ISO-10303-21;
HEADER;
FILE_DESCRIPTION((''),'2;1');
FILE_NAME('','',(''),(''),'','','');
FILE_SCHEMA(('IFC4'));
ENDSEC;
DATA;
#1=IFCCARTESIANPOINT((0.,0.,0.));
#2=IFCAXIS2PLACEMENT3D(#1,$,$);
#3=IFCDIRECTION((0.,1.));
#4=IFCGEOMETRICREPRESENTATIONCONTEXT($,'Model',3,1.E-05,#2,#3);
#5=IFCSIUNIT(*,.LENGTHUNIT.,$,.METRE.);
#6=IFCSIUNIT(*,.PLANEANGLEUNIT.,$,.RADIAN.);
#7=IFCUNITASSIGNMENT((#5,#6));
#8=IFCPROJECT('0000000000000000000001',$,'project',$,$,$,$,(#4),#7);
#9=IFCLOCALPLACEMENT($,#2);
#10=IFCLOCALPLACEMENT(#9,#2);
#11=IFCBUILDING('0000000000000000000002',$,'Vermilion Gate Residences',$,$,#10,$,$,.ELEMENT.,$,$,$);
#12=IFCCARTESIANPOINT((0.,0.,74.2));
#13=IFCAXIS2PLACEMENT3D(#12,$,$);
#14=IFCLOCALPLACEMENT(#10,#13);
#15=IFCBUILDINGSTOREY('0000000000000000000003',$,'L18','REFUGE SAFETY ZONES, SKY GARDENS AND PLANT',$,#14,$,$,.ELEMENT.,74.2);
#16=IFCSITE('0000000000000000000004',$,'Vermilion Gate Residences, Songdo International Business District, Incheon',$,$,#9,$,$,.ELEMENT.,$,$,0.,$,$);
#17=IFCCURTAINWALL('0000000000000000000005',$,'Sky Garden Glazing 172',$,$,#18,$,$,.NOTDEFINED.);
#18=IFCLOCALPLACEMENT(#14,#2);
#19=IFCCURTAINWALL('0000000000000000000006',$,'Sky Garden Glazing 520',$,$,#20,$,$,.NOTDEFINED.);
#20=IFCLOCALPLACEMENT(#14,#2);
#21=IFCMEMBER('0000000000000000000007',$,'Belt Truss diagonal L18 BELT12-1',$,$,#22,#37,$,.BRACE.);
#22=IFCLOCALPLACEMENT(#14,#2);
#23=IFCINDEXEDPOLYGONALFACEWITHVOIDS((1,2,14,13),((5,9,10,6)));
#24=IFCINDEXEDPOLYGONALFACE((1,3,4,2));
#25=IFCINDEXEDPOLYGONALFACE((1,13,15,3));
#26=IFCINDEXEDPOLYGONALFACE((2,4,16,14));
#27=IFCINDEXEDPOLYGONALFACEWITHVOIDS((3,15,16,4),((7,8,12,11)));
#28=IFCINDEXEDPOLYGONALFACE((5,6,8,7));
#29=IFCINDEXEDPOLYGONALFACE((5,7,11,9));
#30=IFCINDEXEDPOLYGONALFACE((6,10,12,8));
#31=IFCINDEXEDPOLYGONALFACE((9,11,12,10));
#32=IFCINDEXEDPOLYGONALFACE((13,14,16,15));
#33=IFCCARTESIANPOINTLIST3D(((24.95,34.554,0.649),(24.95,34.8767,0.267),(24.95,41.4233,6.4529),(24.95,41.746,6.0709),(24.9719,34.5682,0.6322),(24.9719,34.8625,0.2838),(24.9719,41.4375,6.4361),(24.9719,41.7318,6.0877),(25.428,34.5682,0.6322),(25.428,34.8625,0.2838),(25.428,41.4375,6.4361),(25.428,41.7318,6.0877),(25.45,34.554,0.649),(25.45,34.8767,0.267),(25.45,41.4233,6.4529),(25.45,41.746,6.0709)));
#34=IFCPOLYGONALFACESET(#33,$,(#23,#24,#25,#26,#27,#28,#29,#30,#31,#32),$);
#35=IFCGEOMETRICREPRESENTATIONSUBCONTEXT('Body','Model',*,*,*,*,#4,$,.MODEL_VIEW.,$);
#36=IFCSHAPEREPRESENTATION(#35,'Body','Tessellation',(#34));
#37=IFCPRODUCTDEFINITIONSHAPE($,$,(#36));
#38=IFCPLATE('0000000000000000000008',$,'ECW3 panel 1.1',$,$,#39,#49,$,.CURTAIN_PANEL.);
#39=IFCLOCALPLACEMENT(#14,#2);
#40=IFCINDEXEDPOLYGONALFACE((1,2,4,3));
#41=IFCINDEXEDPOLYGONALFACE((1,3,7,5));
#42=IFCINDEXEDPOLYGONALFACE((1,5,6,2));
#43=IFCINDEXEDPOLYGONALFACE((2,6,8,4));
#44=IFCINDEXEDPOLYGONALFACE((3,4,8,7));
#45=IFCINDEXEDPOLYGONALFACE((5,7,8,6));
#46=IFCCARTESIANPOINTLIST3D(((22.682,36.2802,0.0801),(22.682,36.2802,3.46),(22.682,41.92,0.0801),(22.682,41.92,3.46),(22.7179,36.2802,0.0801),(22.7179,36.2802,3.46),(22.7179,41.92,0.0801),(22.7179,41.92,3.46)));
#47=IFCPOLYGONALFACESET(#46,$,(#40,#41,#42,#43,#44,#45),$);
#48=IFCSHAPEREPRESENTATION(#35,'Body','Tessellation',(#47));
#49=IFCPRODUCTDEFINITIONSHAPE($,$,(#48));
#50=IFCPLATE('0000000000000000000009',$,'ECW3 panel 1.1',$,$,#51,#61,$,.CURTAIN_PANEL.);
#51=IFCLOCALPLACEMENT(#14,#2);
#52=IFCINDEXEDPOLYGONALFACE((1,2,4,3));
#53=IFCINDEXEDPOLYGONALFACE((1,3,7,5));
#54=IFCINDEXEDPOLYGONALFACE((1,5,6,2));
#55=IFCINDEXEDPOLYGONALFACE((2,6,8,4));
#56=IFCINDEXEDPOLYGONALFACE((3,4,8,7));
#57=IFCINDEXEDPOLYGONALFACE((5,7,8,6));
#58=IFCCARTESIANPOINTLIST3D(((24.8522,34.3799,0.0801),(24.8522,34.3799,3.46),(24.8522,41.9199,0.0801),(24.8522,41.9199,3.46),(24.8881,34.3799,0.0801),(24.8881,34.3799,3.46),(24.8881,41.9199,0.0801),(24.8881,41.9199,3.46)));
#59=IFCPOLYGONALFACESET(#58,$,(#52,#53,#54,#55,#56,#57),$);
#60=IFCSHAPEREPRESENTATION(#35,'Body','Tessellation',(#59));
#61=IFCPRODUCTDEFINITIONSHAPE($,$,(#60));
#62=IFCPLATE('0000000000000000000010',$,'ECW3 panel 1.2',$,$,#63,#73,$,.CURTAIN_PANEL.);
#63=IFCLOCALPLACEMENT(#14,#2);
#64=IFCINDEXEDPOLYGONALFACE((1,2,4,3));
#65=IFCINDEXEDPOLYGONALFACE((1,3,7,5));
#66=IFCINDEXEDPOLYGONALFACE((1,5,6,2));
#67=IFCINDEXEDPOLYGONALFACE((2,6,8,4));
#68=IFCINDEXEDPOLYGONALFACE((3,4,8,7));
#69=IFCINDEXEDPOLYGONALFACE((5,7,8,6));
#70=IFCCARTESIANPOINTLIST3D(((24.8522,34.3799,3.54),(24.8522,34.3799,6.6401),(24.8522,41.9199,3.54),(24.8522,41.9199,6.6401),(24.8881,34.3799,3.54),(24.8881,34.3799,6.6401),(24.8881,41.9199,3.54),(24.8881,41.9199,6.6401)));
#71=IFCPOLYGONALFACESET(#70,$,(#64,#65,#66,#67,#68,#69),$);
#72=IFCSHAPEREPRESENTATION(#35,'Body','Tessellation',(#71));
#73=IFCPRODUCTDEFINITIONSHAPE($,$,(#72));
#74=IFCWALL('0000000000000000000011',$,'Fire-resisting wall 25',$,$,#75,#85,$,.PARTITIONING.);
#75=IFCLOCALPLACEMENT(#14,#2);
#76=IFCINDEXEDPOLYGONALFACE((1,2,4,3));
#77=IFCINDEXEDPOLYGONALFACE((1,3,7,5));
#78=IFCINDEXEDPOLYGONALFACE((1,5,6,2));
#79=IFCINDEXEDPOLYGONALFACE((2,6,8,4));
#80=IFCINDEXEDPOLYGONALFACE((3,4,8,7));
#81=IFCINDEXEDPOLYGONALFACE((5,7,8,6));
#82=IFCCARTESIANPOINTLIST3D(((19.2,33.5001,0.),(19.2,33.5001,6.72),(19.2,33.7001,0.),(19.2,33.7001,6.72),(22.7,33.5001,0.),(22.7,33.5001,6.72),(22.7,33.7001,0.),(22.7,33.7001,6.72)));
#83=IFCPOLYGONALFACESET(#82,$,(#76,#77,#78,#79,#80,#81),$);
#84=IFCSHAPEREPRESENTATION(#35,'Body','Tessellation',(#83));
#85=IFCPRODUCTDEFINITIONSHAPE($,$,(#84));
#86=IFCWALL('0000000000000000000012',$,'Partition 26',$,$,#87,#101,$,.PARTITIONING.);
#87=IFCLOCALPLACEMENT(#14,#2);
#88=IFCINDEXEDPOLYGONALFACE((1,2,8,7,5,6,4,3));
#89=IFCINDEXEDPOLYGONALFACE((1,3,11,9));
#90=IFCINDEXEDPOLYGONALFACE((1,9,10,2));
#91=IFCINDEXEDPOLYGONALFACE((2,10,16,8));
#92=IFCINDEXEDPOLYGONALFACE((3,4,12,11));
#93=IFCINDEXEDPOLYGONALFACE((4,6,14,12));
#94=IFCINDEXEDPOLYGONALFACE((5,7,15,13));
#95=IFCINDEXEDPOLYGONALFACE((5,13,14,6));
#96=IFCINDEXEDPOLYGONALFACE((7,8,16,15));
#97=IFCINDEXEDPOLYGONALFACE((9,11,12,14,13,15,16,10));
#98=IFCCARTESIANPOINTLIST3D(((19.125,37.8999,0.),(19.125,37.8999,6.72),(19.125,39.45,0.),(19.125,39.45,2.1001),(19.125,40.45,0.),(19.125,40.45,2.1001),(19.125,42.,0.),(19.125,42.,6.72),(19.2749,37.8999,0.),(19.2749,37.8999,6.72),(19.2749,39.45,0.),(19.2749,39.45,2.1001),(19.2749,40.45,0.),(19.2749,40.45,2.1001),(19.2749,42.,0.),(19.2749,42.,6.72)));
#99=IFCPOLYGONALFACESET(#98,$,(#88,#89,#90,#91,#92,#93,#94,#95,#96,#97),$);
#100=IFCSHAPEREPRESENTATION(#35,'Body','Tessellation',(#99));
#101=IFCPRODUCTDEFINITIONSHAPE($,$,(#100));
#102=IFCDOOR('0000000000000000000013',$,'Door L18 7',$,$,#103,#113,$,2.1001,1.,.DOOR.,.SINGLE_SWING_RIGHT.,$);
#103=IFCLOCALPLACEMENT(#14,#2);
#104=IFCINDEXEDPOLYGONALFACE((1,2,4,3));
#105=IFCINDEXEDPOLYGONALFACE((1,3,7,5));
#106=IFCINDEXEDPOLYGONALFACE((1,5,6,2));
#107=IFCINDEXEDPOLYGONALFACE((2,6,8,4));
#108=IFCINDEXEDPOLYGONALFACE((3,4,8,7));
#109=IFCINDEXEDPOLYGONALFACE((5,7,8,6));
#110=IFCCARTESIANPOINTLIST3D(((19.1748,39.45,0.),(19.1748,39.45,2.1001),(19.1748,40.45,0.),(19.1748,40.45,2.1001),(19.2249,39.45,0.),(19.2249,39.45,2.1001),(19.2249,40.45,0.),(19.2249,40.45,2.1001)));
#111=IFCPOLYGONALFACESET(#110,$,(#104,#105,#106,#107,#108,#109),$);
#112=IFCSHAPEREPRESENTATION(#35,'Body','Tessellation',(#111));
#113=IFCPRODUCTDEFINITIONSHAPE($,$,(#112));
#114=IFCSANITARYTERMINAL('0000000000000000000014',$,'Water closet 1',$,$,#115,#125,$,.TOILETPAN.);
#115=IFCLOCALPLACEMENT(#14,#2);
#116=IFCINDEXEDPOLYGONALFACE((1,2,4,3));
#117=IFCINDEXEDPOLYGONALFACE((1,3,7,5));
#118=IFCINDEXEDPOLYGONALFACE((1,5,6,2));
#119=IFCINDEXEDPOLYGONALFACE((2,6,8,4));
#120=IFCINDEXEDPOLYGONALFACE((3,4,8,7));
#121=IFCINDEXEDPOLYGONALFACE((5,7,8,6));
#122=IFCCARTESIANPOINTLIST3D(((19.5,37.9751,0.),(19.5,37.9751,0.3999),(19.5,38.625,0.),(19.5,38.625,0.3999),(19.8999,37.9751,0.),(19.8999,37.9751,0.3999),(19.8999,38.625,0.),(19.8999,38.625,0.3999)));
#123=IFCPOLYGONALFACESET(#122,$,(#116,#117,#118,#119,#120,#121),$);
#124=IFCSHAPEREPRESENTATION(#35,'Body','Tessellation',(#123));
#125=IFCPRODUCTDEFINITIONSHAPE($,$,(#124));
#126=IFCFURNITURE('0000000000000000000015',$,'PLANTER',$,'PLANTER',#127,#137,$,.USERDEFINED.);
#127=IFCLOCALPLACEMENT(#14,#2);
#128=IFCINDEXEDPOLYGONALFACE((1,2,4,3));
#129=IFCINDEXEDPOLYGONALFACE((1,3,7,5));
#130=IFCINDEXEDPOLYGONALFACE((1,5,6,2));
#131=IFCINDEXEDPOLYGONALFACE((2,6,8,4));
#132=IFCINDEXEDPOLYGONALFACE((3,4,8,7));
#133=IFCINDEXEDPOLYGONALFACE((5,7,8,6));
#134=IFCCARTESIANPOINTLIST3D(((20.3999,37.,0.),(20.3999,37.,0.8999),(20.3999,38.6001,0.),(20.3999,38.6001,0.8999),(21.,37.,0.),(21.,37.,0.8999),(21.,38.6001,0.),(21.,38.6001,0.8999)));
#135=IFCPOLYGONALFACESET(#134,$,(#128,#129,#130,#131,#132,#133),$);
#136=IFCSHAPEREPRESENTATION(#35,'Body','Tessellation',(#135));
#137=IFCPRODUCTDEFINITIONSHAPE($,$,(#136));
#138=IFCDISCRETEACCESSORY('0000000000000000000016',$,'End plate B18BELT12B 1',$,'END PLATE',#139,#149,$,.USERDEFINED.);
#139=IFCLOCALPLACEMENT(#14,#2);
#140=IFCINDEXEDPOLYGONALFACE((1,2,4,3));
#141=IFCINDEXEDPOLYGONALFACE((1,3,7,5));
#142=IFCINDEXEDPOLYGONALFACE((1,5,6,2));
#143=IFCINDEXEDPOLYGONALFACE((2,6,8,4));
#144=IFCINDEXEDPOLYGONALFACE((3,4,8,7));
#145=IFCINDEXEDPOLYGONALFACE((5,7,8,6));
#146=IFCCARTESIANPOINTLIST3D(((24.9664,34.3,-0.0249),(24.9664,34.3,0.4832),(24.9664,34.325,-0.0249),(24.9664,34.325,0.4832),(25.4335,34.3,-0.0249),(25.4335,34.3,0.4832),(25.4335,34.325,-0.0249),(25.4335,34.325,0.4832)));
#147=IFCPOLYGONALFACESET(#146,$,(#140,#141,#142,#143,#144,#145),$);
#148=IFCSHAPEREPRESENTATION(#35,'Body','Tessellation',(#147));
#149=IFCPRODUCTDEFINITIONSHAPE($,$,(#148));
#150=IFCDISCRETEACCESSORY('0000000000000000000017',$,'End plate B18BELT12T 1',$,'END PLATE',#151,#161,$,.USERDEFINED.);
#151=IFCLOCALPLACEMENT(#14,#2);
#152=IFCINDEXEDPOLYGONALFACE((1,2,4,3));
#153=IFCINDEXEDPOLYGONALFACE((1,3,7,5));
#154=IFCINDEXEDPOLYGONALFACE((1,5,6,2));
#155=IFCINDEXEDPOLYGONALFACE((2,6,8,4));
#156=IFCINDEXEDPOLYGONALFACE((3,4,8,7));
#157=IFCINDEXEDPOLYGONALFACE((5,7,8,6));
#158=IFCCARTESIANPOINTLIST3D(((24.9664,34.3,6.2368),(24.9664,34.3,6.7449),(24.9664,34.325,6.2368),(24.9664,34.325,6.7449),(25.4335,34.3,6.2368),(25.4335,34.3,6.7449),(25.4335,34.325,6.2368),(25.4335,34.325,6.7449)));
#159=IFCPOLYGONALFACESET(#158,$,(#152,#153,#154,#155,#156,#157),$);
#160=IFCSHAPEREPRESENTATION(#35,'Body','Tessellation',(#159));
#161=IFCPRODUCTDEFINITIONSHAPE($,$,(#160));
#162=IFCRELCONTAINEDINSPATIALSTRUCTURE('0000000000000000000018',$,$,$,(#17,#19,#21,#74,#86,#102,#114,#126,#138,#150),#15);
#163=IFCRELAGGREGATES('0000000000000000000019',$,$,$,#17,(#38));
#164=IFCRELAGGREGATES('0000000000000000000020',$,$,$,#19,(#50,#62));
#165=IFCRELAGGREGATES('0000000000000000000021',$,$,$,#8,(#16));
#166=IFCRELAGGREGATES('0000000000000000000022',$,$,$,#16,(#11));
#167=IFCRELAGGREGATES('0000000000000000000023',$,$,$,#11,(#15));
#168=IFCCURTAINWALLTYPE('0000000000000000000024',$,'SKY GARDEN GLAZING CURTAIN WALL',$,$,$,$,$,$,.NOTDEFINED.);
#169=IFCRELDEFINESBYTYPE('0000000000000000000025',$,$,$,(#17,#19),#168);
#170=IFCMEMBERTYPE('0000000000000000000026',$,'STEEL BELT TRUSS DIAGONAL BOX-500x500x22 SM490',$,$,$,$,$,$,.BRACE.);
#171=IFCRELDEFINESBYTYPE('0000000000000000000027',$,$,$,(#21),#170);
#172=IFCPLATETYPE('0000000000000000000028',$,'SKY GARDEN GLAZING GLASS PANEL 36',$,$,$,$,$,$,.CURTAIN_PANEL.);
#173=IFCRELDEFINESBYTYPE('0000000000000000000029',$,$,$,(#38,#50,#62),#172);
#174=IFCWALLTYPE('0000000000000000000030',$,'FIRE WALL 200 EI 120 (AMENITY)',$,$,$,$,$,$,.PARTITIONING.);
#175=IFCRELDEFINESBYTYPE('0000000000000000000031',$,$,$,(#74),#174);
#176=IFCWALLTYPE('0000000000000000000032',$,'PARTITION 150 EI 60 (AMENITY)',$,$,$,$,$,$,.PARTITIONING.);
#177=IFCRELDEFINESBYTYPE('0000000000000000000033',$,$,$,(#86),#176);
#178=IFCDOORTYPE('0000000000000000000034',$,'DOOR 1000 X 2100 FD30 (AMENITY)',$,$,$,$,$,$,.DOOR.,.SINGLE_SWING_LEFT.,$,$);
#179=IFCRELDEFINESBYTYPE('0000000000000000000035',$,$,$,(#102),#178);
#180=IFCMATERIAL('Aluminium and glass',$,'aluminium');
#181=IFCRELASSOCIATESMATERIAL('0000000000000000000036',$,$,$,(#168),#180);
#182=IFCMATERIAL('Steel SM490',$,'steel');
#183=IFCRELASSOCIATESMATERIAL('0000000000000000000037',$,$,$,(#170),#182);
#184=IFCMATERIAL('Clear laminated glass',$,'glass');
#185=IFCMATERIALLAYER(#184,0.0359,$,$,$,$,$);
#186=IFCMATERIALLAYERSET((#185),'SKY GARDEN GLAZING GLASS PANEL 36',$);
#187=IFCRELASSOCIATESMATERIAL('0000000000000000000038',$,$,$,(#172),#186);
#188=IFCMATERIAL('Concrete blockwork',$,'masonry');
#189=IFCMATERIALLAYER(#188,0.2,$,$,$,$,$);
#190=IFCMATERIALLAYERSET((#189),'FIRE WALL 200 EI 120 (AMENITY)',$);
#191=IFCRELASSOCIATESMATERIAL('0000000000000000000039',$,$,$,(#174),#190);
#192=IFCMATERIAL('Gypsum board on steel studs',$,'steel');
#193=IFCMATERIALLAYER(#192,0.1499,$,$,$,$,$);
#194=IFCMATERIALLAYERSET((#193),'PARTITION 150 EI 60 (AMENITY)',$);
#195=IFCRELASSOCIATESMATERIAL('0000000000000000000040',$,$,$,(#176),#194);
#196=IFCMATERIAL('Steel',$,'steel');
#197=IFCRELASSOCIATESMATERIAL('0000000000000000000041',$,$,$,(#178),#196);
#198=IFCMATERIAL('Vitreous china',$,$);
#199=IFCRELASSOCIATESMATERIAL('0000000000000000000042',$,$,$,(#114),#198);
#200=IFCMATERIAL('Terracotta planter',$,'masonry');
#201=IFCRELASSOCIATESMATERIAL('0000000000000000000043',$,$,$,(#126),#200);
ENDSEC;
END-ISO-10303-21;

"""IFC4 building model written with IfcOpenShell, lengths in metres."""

from ifc_helpers import new_model, si_unit, direction, frame, frame_2d, origin, origin_2d, place, context, subcontext, project, spatial, rectangle, hollow_rectangle, extrude, material, layer, layer_set, material_profile, profile_set, type_object, element, fill, aggregate, save


model = new_model("IFC4")

# Units and contexts
model_context = context("Model", 3, precision=1e-05, world=origin(), true_north=direction((0.0, 1.0)))
body_context = subcontext(model_context, "Body", "Model", "MODEL_VIEW")
ifc_project = project(units=[si_unit("LENGTHUNIT", "METRE"), si_unit("PLANEANGLEUNIT", "RADIAN")], contexts=[model_context])

# Site, building, storey
site_placement = place(None, origin())
site = spatial("IfcSite", under=ifc_project, at=site_placement, Name="Vermilion Gate Residences, Songdo International Business District, Incheon", CompositionType="ELEMENT", RefElevation=0.0)
building_placement = place(site_placement, origin())
building = spatial("IfcBuilding", under=site, at=building_placement, Name="Vermilion Gate Residences", CompositionType="ELEMENT")
storey_placement = place(building_placement, frame((0.0, 0.0, 74.2)))
storey = spatial("IfcBuildingStorey", under=building, at=storey_placement, Name="L18", Description="REFUGE SAFETY ZONES, SKY GARDENS AND PLANT", CompositionType="ELEMENT", Elevation=74.2)

# Curtain walls
ifc_material_1 = material(Name="Aluminium and glass", Category="aluminium")
curtain_wall_type = type_object("IfcCurtainWallType", Name="SKY GARDEN GLAZING CURTAIN WALL", PredefinedType="NOTDEFINED", material=ifc_material_1)
curtain_wall_1_placement = place(storey_placement, origin())
curtain_wall_1 = element("IfcCurtainWall", 1, at=curtain_wall_1_placement, inside=storey, type_object=curtain_wall_type, Name="Sky Garden Glazing 172", PredefinedType="NOTDEFINED")
curtain_wall_2_placement = place(storey_placement, origin())
curtain_wall_2 = element("IfcCurtainWall", 2, at=curtain_wall_2_placement, inside=storey, type_object=curtain_wall_type, Name="Sky Garden Glazing 520", PredefinedType="NOTDEFINED")

# Member
ifc_material_2 = material(Name="Steel SM490", Category="steel")
ifc_material_profile_1 = material_profile(ifc_material_2, hollow_rectangle(XDim=0.5, YDim=0.5, WallThickness=0.022, at=origin_2d()), Name="BOX-500x500x22")
ifc_profile_set_1 = profile_set([ifc_material_profile_1], Name="Steel SM490")
member_type_1 = type_object("IfcMemberType", Name="STEEL BELT TRUSS DIAGONAL BOX-500x500x22 SM490", PredefinedType="BRACE", material=ifc_profile_set_1)
member_1_placement = place(storey_placement, frame((25.2, 34.7153, 0.458), z_axis=(0.0, 0.763858, 0.645385), x_axis=(-1.0, 0.0, 0.0)))
element("IfcMember", 3, at=member_1_placement, inside=storey, type_object=member_type_1, Name="Belt Truss diagonal L18 BELT12-1", PredefinedType="BRACE", context=body_context, shape_type="SweptSolid", body=[
    extrude(hollow_rectangle(XDim=0.5, YDim=0.5, WallThickness=0.022, at=origin_2d()), origin(), (0.0, 0.0, 1.0), 8.9929),
])

# Plates
ifc_material_3 = material(Name="Clear laminated glass", Category="glass")
ifc_layer_1 = layer(ifc_material_3, 0.0359)
ifc_layer_set_1 = layer_set([ifc_layer_1], Name="SKY GARDEN GLAZING GLASS PANEL 36")
plate_type = type_object("IfcPlateType", Name="SKY GARDEN GLAZING GLASS PANEL 36", PredefinedType="CURTAIN_PANEL", material=ifc_layer_set_1)
plate_1_placement = place(storey_placement, frame((22.7, 39.1001, 0.0801), z_axis=(0.0, 0.0, 1.0), x_axis=(0.0, 1.0, 0.0)))
plate_1 = element("IfcPlate", 4, at=plate_1_placement, type_object=plate_type, Name="ECW3 panel 1.1", PredefinedType="CURTAIN_PANEL", context=body_context, shape_type="SweptSolid", body=[
    extrude(rectangle(XDim=5.6399, YDim=0.0359, at=origin_2d()), origin(), (0.0, 0.0, 1.0), 3.3799),
])
aggregate(curtain_wall_1, [plate_1])
plate_2_placement = place(storey_placement, frame((24.8701, 38.1499, 0.0801), z_axis=(0.0, 0.0, 1.0), x_axis=(0.0, 1.0, 0.0)))
plate_2 = element("IfcPlate", 5, at=plate_2_placement, type_object=plate_type, Name="ECW3 panel 1.1", PredefinedType="CURTAIN_PANEL", context=body_context, shape_type="SweptSolid", body=[
    extrude(rectangle(XDim=7.54, YDim=0.0359, at=origin_2d()), origin(), (0.0, 0.0, 1.0), 3.3799),
])
plate_3_placement = place(storey_placement, frame((24.8701, 38.1499, 3.54), z_axis=(0.0, 0.0, 1.0), x_axis=(0.0, 1.0, 0.0)))
plate_3 = element("IfcPlate", 6, at=plate_3_placement, type_object=plate_type, Name="ECW3 panel 1.2", PredefinedType="CURTAIN_PANEL", context=body_context, shape_type="SweptSolid", body=[
    extrude(rectangle(XDim=7.54, YDim=0.0359, at=origin_2d()), origin(), (0.0, 0.0, 1.0), 3.1001),
])
aggregate(curtain_wall_2, [plate_2, plate_3])

# Wall
ifc_material_4 = material(Name="Concrete blockwork", Category="masonry")
ifc_layer_2 = layer(ifc_material_4, 0.2)
ifc_layer_set_2 = layer_set([ifc_layer_2], Name="FIRE WALL 200 EI 120 (AMENITY)")
wall_type_1 = type_object("IfcWallType", Name="FIRE WALL 200 EI 120 (AMENITY)", PredefinedType="PARTITIONING", material=ifc_layer_set_2)
wall_1_placement = place(storey_placement, frame((19.2, 33.6001, 0.0), z_axis=(0.0, 0.0, 1.0), x_axis=(1.0, 0.0, 0.0)))
element("IfcWall", 7, at=wall_1_placement, inside=storey, type_object=wall_type_1, Name="Fire-resisting wall 25", PredefinedType="PARTITIONING", context=body_context, shape_type="SweptSolid", body=[
    extrude(rectangle(XDim=3.5, YDim=0.2, at=frame_2d((1.75, 0.0))), origin(), (0.0, 0.0, 1.0), 6.72),
])

# Wall, opening, door
ifc_material_5 = material(Name="Gypsum board on steel studs", Category="steel")
ifc_layer_3 = layer(ifc_material_5, 0.1499)
ifc_layer_set_3 = layer_set([ifc_layer_3], Name="PARTITION 150 EI 60 (AMENITY)")
wall_type_2 = type_object("IfcWallType", Name="PARTITION 150 EI 60 (AMENITY)", PredefinedType="PARTITIONING", material=ifc_layer_set_3)
wall_2_placement = place(storey_placement, frame((19.2, 37.8999, 0.0), z_axis=(0.0, 0.0, 1.0), x_axis=(0.0, 1.0, 0.0)))
wall_2 = element("IfcWall", 8, at=wall_2_placement, inside=storey, type_object=wall_type_2, Name="Partition 26", PredefinedType="PARTITIONING", context=body_context, shape_type="SweptSolid", body=[
    extrude(rectangle(XDim=4.1001, YDim=0.1499, at=frame_2d((2.05, 0.0))), origin(), (0.0, 0.0, 1.0), 6.72),
])
opening_1_placement = place(wall_2_placement, frame((1.55, 0.0, 0.0)))
opening_1 = element("IfcOpeningElement", 9, at=opening_1_placement, cuts=wall_2, PredefinedType="OPENING", context=body_context, shape_type="SweptSolid", body=[
    extrude(rectangle(XDim=1.0, YDim=2.1001, at=frame_2d((0.5, 1.05))), frame((0.0, 0.085, 0.0), z_axis=(0.0, -1.0, 0.0), x_axis=(1.0, 0.0, 0.0)), (0.0, 0.0, 1.0), 0.1699),
])
ifc_material_6 = material(Name="Steel", Category="steel")
door_type_1 = type_object("IfcDoorType", Name="DOOR 1000 X 2100 FD30 (AMENITY)", OperationType="SINGLE_SWING_LEFT", PredefinedType="DOOR", material=ifc_material_6)
door_1_placement = place(opening_1_placement, frame((1.0, 0.0, 0.0), z_axis=(0.0, 0.0, 1.0), x_axis=(-1.0, 0.0, 0.0)))
door_1 = element("IfcDoor", 10, at=door_1_placement, inside=storey, type_object=door_type_1, Name="Door L18 7", OperationType="SINGLE_SWING_RIGHT", OverallHeight=2.1001, OverallWidth=1.0, PredefinedType="DOOR", context=body_context, shape_type="SweptSolid", body=[
    extrude(rectangle(XDim=1.0, YDim=2.1001, at=frame_2d((0.5, 1.05))), frame((0.0, 0.0249, 0.0), z_axis=(0.0, -1.0, 0.0), x_axis=(1.0, 0.0, 0.0)), (0.0, 0.0, 1.0), 0.05),
])
fill(opening_1, door_1)

# Sanitary terminal
ifc_material_7 = material(Name="Vitreous china")
sanitary_terminal_placement = place(storey_placement, frame((19.7, 38.3, 0.0), z_axis=(0.0, 0.0, 1.0), x_axis=(1.0, 0.0, 0.0)))
element("IfcSanitaryTerminal", 11, at=sanitary_terminal_placement, inside=storey, material=ifc_material_7, Name="Water closet 1", PredefinedType="TOILETPAN", context=body_context, shape_type="SweptSolid", body=[
    extrude(rectangle(XDim=0.3999, YDim=0.6499, at=origin_2d()), origin(), (0.0, 0.0, 1.0), 0.3999),
])

# Furniture
ifc_material_8 = material(Name="Terracotta planter", Category="masonry")
furniture_placement = place(storey_placement, frame((20.7, 37.8, 0.0), z_axis=(0.0, 0.0, 1.0), x_axis=(0.0, 1.0, 0.0)))
element("IfcFurniture", 12, at=furniture_placement, inside=storey, material=ifc_material_8, Name="PLANTER", ObjectType="PLANTER", PredefinedType="USERDEFINED", context=body_context, shape_type="SweptSolid", body=[
    extrude(rectangle(XDim=1.6001, YDim=0.6001, at=origin_2d()), origin(), (0.0, 0.0, 1.0), 0.8999),
])

# Discrete accessories
for number, where, z_axis, x_axis, name in (
    (13, (25.2, 34.3125, -0.0249), (0.0, 0.0, 1.0), (1.0, 0.0, 0.0), "End plate B18BELT12B 1"),
    (14, (25.2, 34.3125, 6.2368), (0.0, 0.0, 1.0), (1.0, 0.0, 0.0), "End plate B18BELT12T 1"),
):
    element("IfcDiscreteAccessory", number, at=place(storey_placement, frame(where, z_axis=z_axis, x_axis=x_axis)), inside=storey, Name=name, ObjectType="END PLATE", PredefinedType="USERDEFINED", context=body_context, shape_type="SweptSolid", body=[
        extrude(rectangle(XDim=0.467, YDim=0.0249, at=origin_2d()), origin(), (0.0, 0.0, 1.0), 0.5081),
    ])

save(model, "model.ifc")
